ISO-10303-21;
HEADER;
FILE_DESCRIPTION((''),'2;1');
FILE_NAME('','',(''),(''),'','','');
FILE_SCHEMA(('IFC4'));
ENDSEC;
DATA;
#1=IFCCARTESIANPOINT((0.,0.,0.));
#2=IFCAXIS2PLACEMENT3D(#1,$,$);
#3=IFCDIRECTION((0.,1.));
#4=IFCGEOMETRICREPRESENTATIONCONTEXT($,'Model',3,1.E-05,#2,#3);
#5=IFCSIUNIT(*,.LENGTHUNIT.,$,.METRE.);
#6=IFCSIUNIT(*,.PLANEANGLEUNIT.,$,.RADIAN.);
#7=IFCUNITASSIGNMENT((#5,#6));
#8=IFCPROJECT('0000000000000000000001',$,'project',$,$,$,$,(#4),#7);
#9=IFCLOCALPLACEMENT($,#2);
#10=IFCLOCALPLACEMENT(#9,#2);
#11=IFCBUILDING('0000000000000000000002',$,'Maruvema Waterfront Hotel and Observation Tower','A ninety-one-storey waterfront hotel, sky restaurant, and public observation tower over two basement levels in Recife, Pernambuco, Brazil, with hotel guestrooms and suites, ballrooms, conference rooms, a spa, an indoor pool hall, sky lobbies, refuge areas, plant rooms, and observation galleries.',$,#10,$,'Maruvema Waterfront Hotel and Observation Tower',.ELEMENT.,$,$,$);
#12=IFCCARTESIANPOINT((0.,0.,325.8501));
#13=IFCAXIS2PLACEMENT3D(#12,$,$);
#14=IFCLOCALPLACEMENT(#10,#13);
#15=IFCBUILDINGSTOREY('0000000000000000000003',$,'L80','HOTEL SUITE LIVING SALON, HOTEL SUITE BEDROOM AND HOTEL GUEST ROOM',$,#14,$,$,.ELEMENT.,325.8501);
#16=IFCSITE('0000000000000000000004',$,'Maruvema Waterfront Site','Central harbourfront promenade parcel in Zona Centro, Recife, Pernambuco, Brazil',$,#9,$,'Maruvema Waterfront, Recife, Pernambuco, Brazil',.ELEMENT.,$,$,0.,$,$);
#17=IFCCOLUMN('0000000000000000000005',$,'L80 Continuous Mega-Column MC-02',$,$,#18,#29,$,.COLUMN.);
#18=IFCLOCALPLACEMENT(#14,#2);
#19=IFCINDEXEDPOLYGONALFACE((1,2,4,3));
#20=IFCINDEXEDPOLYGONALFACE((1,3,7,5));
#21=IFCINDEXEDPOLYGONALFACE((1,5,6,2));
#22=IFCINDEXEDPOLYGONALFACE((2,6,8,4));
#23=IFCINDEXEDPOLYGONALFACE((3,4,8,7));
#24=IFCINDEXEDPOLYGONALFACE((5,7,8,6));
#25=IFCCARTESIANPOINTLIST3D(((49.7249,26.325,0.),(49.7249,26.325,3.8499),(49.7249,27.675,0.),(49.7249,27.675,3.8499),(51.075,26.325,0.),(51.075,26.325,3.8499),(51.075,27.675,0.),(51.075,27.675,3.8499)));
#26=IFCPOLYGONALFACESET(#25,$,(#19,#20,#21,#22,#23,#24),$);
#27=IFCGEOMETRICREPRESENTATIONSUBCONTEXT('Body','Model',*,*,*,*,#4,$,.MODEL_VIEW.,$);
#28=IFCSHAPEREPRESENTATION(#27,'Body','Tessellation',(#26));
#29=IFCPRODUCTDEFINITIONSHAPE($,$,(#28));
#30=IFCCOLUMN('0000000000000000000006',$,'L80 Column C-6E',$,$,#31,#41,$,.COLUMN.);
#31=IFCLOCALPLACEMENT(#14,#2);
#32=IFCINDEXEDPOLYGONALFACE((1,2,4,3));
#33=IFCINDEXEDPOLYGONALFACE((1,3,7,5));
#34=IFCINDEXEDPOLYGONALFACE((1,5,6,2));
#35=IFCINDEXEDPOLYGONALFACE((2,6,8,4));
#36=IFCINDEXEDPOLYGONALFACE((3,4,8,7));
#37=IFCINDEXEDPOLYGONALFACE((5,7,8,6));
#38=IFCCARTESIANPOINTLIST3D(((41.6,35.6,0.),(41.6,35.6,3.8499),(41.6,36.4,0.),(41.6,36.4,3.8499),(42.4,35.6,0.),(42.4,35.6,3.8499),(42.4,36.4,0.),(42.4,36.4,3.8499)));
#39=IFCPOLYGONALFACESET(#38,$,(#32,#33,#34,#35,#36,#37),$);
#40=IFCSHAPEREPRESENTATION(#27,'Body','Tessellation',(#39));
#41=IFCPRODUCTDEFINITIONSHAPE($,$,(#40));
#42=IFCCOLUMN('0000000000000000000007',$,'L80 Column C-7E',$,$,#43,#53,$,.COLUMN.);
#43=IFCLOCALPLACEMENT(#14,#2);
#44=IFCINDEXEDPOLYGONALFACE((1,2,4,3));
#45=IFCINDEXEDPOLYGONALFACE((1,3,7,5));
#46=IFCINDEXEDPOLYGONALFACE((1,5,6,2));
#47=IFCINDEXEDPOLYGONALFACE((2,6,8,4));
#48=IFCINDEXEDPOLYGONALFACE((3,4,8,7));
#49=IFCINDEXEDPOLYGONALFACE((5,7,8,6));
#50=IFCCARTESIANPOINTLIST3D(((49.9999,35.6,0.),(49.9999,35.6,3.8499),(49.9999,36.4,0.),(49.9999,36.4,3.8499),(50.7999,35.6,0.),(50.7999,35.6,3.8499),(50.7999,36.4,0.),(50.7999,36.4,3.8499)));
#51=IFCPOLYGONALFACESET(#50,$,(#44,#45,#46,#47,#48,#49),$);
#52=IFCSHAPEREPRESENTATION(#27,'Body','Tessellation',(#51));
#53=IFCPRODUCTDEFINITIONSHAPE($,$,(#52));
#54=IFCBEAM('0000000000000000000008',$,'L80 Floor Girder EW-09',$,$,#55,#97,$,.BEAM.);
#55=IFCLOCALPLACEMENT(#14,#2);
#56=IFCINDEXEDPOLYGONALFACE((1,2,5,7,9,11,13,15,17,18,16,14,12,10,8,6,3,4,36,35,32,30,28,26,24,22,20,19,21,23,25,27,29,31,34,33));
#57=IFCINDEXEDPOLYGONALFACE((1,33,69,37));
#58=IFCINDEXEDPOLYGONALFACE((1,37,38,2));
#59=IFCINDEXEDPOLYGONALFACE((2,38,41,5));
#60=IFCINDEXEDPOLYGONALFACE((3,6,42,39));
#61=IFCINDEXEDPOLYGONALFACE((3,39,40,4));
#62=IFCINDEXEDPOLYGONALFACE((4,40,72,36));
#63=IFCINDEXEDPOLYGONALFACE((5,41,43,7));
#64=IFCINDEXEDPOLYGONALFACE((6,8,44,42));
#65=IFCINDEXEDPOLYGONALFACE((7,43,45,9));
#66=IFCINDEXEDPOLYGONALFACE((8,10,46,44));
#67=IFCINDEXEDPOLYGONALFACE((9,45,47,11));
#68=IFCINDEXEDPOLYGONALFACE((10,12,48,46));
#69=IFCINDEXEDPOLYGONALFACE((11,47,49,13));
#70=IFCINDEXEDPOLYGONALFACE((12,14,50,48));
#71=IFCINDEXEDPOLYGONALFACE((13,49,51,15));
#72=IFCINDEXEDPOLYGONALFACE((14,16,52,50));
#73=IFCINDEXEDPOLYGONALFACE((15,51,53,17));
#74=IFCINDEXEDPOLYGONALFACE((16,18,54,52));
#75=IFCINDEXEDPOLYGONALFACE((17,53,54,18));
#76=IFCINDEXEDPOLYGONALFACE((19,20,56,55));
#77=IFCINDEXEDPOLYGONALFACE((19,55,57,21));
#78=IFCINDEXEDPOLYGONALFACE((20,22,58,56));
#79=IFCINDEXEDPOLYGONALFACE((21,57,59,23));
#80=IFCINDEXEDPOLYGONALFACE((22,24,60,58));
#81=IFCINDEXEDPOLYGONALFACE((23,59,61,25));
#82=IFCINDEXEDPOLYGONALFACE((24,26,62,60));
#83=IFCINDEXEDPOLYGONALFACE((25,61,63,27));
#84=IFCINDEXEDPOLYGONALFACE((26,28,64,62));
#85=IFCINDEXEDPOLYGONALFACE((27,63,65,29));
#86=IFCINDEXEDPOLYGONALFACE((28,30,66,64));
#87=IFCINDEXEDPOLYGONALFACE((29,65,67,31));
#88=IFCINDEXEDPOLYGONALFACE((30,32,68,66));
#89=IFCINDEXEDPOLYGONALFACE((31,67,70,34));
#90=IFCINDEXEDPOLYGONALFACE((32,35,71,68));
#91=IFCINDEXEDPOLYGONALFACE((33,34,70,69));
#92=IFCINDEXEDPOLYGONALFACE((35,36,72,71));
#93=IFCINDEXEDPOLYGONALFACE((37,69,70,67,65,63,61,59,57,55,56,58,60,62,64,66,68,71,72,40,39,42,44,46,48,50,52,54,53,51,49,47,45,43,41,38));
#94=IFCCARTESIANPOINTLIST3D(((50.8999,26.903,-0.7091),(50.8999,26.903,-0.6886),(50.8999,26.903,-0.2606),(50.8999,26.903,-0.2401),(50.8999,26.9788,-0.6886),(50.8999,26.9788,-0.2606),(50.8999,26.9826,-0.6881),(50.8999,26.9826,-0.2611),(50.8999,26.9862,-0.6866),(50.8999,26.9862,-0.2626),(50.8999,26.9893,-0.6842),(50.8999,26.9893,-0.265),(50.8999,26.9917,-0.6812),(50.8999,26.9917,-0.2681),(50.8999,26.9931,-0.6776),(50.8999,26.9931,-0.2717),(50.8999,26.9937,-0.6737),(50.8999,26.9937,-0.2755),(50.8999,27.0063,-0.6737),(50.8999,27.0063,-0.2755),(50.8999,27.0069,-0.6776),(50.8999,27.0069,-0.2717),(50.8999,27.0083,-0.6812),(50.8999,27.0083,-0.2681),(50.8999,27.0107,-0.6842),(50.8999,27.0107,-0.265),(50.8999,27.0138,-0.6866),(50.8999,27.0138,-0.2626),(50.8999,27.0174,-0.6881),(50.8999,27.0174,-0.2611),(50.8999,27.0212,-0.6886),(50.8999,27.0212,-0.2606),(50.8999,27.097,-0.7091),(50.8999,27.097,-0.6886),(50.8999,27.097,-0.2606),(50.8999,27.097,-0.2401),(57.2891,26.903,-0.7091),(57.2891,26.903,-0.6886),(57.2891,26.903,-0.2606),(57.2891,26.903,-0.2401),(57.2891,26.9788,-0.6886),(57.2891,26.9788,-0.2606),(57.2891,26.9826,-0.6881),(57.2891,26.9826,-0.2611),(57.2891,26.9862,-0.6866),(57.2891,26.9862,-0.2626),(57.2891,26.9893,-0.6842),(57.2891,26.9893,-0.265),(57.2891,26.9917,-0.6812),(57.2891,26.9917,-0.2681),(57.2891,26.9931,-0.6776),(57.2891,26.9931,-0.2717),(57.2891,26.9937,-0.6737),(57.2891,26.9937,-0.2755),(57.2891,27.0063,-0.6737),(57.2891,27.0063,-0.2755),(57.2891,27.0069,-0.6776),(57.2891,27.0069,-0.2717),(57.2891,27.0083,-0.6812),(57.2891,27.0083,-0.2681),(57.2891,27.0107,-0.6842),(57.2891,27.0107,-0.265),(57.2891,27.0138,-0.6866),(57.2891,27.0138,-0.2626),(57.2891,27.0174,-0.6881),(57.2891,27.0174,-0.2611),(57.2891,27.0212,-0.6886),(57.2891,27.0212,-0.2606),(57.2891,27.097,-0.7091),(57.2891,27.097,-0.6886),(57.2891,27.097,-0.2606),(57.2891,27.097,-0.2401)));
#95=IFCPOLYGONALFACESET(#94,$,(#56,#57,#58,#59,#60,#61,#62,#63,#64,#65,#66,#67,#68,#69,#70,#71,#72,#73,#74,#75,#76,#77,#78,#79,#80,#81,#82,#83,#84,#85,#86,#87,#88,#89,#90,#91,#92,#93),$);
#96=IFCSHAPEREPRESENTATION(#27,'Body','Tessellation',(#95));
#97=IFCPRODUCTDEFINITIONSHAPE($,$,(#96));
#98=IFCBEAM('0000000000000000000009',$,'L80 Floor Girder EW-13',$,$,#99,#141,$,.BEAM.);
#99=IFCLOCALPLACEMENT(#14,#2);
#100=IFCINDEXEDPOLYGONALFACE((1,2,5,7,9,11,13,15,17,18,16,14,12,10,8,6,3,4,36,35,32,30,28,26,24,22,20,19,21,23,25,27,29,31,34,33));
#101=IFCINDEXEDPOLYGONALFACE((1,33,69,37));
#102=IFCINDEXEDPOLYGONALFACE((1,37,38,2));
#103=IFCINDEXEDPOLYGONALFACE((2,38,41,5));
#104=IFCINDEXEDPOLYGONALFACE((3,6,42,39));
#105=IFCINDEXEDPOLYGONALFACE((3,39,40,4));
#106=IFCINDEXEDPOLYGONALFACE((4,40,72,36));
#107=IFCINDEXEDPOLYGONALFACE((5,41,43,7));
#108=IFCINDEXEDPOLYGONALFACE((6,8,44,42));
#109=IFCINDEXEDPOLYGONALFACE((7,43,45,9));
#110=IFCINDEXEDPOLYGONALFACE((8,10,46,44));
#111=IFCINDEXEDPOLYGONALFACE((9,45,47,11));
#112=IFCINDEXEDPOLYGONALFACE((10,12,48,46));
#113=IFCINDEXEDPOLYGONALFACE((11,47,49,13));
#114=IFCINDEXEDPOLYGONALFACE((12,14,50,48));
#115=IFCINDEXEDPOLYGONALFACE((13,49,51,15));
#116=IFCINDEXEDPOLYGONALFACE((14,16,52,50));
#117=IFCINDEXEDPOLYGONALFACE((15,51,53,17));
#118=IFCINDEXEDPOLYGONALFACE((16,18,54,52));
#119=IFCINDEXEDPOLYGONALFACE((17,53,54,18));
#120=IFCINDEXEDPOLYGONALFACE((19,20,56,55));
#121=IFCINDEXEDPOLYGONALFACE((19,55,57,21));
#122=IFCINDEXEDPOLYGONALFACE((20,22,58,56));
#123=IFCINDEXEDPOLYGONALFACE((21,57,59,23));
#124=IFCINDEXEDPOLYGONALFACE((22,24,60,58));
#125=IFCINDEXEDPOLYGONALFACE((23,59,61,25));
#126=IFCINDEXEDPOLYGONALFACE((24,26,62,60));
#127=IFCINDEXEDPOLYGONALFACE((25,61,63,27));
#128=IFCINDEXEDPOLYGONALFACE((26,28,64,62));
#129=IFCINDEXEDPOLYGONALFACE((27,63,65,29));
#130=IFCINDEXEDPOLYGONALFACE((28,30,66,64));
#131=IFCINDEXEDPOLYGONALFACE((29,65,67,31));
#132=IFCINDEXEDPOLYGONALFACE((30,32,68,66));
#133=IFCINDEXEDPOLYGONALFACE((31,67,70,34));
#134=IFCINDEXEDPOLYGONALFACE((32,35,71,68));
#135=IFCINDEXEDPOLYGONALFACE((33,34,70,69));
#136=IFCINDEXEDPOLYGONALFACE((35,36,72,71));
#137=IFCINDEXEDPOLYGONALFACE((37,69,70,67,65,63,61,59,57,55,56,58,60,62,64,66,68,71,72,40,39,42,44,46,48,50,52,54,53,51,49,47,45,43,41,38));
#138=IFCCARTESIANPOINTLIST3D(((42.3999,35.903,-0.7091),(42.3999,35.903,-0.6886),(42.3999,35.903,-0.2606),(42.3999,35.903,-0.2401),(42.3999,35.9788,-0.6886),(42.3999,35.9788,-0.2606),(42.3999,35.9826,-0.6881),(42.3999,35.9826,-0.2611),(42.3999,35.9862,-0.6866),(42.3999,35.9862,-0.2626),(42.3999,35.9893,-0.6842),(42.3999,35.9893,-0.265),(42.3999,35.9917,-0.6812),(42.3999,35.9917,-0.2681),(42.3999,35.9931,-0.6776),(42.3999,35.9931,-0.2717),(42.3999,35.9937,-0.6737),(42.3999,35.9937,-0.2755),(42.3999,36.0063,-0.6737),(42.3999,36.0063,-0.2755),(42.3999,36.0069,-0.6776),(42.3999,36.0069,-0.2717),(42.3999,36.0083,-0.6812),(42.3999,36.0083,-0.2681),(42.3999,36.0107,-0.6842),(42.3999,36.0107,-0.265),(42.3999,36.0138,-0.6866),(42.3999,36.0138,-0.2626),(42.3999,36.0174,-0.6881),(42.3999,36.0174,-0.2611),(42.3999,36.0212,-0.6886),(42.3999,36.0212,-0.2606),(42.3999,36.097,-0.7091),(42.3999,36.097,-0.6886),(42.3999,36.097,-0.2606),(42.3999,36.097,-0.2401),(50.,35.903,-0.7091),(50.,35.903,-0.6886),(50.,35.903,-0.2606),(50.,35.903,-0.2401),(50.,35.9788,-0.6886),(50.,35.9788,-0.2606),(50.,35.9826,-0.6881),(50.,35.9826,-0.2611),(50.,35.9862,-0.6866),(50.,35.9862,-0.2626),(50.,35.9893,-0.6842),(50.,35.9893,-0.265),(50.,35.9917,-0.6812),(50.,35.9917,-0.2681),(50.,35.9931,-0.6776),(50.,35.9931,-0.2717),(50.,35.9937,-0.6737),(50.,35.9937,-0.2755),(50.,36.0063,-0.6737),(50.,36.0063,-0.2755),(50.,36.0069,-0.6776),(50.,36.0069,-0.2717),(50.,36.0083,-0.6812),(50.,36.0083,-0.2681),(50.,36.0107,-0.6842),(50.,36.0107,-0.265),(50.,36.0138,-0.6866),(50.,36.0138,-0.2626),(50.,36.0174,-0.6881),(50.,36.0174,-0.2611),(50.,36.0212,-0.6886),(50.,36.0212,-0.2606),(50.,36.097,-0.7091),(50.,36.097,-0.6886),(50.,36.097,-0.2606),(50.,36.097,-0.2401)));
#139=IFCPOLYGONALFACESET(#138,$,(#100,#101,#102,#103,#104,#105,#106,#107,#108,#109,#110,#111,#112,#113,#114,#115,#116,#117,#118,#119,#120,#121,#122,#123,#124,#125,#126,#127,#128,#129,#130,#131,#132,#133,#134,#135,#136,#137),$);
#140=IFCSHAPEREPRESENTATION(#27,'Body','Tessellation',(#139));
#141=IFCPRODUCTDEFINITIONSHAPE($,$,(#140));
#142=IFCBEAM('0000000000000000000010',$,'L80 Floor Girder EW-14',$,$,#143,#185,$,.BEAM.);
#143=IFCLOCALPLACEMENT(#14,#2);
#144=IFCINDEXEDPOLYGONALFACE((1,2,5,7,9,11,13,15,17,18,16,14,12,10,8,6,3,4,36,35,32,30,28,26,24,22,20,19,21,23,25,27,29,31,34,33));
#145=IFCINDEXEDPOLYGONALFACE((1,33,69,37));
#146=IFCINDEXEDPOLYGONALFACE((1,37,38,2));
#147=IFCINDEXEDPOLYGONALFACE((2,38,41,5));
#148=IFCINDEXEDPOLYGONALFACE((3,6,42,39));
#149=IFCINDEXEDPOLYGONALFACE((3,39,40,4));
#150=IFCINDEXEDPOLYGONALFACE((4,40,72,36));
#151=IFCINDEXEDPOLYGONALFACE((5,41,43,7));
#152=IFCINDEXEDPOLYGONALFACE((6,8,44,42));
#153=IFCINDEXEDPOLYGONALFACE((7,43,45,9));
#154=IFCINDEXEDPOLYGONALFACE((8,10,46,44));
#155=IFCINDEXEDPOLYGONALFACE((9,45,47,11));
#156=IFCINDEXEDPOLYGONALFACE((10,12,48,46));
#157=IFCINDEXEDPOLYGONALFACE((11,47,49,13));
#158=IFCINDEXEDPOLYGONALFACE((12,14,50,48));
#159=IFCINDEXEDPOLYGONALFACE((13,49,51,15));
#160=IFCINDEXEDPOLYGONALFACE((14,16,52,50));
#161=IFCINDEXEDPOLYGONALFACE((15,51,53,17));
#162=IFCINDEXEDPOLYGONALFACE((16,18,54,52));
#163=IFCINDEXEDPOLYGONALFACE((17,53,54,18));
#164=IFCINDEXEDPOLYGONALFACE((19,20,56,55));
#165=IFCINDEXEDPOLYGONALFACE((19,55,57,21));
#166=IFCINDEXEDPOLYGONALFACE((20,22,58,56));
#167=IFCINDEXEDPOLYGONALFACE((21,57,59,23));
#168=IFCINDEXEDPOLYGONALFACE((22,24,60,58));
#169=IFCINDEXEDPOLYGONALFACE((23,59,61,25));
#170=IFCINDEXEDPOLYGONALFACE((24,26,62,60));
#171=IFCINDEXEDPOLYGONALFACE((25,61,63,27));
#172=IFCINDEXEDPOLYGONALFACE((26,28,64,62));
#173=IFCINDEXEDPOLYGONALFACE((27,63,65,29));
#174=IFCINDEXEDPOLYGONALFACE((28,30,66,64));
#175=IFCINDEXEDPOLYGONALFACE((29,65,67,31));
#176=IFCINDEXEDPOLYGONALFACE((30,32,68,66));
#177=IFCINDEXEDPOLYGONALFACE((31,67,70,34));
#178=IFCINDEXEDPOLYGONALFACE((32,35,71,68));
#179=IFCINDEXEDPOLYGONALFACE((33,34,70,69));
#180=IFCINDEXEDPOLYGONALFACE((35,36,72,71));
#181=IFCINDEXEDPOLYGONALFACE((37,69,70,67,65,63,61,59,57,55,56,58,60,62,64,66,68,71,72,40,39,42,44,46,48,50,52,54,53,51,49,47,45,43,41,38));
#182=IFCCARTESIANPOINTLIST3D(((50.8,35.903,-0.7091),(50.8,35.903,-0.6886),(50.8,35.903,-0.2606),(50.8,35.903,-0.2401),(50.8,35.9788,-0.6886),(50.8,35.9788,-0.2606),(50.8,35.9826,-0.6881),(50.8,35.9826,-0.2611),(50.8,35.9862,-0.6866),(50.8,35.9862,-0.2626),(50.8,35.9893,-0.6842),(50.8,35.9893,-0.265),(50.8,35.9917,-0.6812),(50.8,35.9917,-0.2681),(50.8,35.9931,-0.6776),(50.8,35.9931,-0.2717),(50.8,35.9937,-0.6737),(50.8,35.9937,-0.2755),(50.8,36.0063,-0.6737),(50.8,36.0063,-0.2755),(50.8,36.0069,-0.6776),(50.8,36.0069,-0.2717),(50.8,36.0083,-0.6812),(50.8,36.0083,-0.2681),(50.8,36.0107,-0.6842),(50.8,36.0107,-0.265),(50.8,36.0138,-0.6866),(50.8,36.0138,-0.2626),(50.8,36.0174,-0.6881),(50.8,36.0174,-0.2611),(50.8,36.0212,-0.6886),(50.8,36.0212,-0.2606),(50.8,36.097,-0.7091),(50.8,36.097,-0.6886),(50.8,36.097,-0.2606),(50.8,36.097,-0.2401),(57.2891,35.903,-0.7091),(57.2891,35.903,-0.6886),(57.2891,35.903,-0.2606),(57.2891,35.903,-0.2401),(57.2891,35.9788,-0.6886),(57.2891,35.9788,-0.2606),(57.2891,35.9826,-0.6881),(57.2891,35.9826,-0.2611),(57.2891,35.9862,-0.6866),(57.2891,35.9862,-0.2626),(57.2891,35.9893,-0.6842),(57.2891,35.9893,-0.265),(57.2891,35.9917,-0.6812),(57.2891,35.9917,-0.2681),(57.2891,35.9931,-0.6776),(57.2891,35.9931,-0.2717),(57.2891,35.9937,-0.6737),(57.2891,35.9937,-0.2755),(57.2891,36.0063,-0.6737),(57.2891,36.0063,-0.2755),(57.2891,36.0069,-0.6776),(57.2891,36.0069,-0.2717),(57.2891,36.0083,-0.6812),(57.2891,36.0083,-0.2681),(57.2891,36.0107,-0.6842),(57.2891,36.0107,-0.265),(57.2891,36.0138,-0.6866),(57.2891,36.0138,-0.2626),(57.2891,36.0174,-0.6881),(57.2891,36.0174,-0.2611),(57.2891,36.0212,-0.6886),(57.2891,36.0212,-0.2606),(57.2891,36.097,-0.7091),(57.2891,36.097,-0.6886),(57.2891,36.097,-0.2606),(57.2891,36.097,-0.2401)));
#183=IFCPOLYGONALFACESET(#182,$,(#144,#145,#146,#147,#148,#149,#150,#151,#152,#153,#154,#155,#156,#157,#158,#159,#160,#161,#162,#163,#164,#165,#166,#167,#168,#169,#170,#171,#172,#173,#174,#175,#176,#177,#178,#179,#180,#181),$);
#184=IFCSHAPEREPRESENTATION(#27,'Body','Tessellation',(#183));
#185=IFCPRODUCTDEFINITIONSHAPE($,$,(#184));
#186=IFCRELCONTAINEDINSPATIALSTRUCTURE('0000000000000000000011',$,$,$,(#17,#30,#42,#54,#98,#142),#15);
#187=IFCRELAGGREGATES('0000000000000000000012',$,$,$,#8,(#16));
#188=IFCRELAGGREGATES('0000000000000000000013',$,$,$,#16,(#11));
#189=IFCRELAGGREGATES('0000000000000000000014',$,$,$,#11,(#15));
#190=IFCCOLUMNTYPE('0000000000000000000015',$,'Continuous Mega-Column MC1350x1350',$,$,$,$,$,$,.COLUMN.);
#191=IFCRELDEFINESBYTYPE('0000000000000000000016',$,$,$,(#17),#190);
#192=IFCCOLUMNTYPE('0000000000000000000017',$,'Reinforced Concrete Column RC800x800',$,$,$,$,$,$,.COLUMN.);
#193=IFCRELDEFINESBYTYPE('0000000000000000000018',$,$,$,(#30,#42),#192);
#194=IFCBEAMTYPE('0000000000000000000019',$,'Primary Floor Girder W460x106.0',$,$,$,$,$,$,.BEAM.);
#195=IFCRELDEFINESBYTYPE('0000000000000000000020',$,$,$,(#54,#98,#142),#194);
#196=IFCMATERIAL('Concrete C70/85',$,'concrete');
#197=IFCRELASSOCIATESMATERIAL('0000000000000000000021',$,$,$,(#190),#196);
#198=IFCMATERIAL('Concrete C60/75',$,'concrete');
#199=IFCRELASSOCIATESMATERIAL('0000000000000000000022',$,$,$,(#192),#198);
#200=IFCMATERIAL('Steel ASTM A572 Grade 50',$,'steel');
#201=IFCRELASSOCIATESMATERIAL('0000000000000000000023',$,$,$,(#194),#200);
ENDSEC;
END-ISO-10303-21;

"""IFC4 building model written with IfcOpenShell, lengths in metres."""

from ifc_helpers import new_model, si_unit, direction, frame, origin, origin_2d, place, context, subcontext, project, spatial, rectangle, i_section, extrude, material, material_profile, profile_set, type_object, element, save


model = new_model("IFC4")

# Units and contexts
model_context = context("Model", 3, precision=1e-05, world=origin(), true_north=direction((0.0, 1.0)))
body_context = subcontext(model_context, "Body", "Model", "MODEL_VIEW")
ifc_project = project(units=[si_unit("LENGTHUNIT", "METRE"), si_unit("PLANEANGLEUNIT", "RADIAN")], contexts=[model_context])

# Site, building, storey
site_placement = place(None, origin())
site = spatial("IfcSite", under=ifc_project, at=site_placement, Name="Maruvema Waterfront Site", Description="Central harbourfront promenade parcel in Zona Centro, Recife, Pernambuco, Brazil", LongName="Maruvema Waterfront, Recife, Pernambuco, Brazil", CompositionType="ELEMENT", RefElevation=0.0)
building_placement = place(site_placement, origin())
building = spatial("IfcBuilding", under=site, at=building_placement, Name="Maruvema Waterfront Hotel and Observation Tower", Description="A ninety-one-storey waterfront hotel, sky restaurant, and public observation tower over two basement levels in Recife, Pernambuco, Brazil, with hotel guestrooms and suites, ballrooms, conference rooms, a spa, an indoor pool hall, sky lobbies, refuge areas, plant rooms, and observation galleries.", LongName="Maruvema Waterfront Hotel and Observation Tower", CompositionType="ELEMENT")
storey_placement = place(building_placement, frame((0.0, 0.0, 325.8501)))
storey = spatial("IfcBuildingStorey", under=building, at=storey_placement, Name="L80", Description="HOTEL SUITE LIVING SALON, HOTEL SUITE BEDROOM AND HOTEL GUEST ROOM", CompositionType="ELEMENT", Elevation=325.8501)

# Columns
ifc_material_1 = material(Name="Concrete C70/85", Category="concrete")
ifc_material_profile_1 = material_profile(ifc_material_1, rectangle(XDim=1.3501, YDim=1.3501, at=origin_2d()), Name="MC1350x1350")
ifc_profile_set_1 = profile_set([ifc_material_profile_1], Name="Concrete C70/85")
column_type_1 = type_object("IfcColumnType", Name="Continuous Mega-Column MC1350x1350", PredefinedType="COLUMN", material=ifc_profile_set_1)
column_placement = place(storey_placement, frame((50.3999, 27.0, 0.0), z_axis=(0.0, 0.0, 1.0), x_axis=(1.0, 0.0, 0.0)))
element("IfcColumn", 1, at=column_placement, inside=storey, type_object=column_type_1, Name="L80 Continuous Mega-Column MC-02", PredefinedType="COLUMN", context=body_context, shape_type="SweptSolid", body=[
    extrude(rectangle(XDim=1.3501, YDim=1.3501, at=origin_2d()), origin(), (0.0, 0.0, 1.0), 3.8499),
])
ifc_material_2 = material(Name="Concrete C60/75", Category="concrete")
ifc_material_profile_2 = material_profile(ifc_material_2, rectangle(XDim=0.8, YDim=0.8, at=origin_2d()), Name="RC800x800")
ifc_profile_set_2 = profile_set([ifc_material_profile_2], Name="Concrete C60/75")
column_type_2 = type_object("IfcColumnType", Name="Reinforced Concrete Column RC800x800", PredefinedType="COLUMN", material=ifc_profile_set_2)
for number, where, z_axis, x_axis, name in (
    (2, (42.0, 36.0, 0.0), (0.0, 0.0, 1.0), (1.0, 0.0, 0.0), "L80 Column C-6E"),
    (3, (50.3999, 36.0, 0.0), (0.0, 0.0, 1.0), (1.0, 0.0, 0.0), "L80 Column C-7E"),
):
    element("IfcColumn", number, at=place(storey_placement, frame(where, z_axis=z_axis, x_axis=x_axis)), inside=storey, type_object=column_type_2, Name=name, PredefinedType="COLUMN", context=body_context, shape_type="SweptSolid", body=[
        extrude(rectangle(XDim=0.8, YDim=0.8, at=origin_2d()), origin(), (0.0, 0.0, 1.0), 3.8499),
    ])

# Beams
ifc_material_3 = material(Name="Steel ASTM A572 Grade 50", Category="steel")
ifc_material_profile_3 = material_profile(ifc_material_3, i_section(OverallWidth=0.1941, OverallDepth=0.469, WebThickness=0.0127, FlangeThickness=0.0205, FilletRadius=0.0149, at=origin_2d()), Name="W460x106.0")
ifc_profile_set_3 = profile_set([ifc_material_profile_3], Name="Steel ASTM A572 Grade 50")
beam_type = type_object("IfcBeamType", Name="Primary Floor Girder W460x106.0", PredefinedType="BEAM", material=ifc_profile_set_3)
beam_1_placement = place(storey_placement, frame((50.8999, 27.0, -0.4746), z_axis=(1.0, 0.0, 0.0), x_axis=(0.0, 1.0, 0.0)))
element("IfcBeam", 4, at=beam_1_placement, inside=storey, type_object=beam_type, Name="L80 Floor Girder EW-09", PredefinedType="BEAM", context=body_context, shape_type="SweptSolid", body=[
    extrude(i_section(OverallWidth=0.1941, OverallDepth=0.469, WebThickness=0.0127, FlangeThickness=0.0205, FilletRadius=0.0149, at=origin_2d()), origin(), (0.0, 0.0, 1.0), 6.3892),
])
beam_2_placement = place(storey_placement, frame((42.3999, 36.0, -0.4746), z_axis=(1.0, 0.0, 0.0), x_axis=(0.0, 1.0, 0.0)))
element("IfcBeam", 5, at=beam_2_placement, inside=storey, type_object=beam_type, Name="L80 Floor Girder EW-13", PredefinedType="BEAM", context=body_context, shape_type="SweptSolid", body=[
    extrude(i_section(OverallWidth=0.1941, OverallDepth=0.469, WebThickness=0.0127, FlangeThickness=0.0205, FilletRadius=0.0149, at=origin_2d()), origin(), (0.0, 0.0, 1.0), 7.6001),
])
beam_3_placement = place(storey_placement, frame((50.8, 36.0, -0.4746), z_axis=(1.0, 0.0, 0.0), x_axis=(0.0, 1.0, 0.0)))
element("IfcBeam", 6, at=beam_3_placement, inside=storey, type_object=beam_type, Name="L80 Floor Girder EW-14", PredefinedType="BEAM", context=body_context, shape_type="SweptSolid", body=[
    extrude(i_section(OverallWidth=0.1941, OverallDepth=0.469, WebThickness=0.0127, FlangeThickness=0.0205, FilletRadius=0.0149, at=origin_2d()), origin(), (0.0, 0.0, 1.0), 6.489),
])

save(model, "model.ifc")
